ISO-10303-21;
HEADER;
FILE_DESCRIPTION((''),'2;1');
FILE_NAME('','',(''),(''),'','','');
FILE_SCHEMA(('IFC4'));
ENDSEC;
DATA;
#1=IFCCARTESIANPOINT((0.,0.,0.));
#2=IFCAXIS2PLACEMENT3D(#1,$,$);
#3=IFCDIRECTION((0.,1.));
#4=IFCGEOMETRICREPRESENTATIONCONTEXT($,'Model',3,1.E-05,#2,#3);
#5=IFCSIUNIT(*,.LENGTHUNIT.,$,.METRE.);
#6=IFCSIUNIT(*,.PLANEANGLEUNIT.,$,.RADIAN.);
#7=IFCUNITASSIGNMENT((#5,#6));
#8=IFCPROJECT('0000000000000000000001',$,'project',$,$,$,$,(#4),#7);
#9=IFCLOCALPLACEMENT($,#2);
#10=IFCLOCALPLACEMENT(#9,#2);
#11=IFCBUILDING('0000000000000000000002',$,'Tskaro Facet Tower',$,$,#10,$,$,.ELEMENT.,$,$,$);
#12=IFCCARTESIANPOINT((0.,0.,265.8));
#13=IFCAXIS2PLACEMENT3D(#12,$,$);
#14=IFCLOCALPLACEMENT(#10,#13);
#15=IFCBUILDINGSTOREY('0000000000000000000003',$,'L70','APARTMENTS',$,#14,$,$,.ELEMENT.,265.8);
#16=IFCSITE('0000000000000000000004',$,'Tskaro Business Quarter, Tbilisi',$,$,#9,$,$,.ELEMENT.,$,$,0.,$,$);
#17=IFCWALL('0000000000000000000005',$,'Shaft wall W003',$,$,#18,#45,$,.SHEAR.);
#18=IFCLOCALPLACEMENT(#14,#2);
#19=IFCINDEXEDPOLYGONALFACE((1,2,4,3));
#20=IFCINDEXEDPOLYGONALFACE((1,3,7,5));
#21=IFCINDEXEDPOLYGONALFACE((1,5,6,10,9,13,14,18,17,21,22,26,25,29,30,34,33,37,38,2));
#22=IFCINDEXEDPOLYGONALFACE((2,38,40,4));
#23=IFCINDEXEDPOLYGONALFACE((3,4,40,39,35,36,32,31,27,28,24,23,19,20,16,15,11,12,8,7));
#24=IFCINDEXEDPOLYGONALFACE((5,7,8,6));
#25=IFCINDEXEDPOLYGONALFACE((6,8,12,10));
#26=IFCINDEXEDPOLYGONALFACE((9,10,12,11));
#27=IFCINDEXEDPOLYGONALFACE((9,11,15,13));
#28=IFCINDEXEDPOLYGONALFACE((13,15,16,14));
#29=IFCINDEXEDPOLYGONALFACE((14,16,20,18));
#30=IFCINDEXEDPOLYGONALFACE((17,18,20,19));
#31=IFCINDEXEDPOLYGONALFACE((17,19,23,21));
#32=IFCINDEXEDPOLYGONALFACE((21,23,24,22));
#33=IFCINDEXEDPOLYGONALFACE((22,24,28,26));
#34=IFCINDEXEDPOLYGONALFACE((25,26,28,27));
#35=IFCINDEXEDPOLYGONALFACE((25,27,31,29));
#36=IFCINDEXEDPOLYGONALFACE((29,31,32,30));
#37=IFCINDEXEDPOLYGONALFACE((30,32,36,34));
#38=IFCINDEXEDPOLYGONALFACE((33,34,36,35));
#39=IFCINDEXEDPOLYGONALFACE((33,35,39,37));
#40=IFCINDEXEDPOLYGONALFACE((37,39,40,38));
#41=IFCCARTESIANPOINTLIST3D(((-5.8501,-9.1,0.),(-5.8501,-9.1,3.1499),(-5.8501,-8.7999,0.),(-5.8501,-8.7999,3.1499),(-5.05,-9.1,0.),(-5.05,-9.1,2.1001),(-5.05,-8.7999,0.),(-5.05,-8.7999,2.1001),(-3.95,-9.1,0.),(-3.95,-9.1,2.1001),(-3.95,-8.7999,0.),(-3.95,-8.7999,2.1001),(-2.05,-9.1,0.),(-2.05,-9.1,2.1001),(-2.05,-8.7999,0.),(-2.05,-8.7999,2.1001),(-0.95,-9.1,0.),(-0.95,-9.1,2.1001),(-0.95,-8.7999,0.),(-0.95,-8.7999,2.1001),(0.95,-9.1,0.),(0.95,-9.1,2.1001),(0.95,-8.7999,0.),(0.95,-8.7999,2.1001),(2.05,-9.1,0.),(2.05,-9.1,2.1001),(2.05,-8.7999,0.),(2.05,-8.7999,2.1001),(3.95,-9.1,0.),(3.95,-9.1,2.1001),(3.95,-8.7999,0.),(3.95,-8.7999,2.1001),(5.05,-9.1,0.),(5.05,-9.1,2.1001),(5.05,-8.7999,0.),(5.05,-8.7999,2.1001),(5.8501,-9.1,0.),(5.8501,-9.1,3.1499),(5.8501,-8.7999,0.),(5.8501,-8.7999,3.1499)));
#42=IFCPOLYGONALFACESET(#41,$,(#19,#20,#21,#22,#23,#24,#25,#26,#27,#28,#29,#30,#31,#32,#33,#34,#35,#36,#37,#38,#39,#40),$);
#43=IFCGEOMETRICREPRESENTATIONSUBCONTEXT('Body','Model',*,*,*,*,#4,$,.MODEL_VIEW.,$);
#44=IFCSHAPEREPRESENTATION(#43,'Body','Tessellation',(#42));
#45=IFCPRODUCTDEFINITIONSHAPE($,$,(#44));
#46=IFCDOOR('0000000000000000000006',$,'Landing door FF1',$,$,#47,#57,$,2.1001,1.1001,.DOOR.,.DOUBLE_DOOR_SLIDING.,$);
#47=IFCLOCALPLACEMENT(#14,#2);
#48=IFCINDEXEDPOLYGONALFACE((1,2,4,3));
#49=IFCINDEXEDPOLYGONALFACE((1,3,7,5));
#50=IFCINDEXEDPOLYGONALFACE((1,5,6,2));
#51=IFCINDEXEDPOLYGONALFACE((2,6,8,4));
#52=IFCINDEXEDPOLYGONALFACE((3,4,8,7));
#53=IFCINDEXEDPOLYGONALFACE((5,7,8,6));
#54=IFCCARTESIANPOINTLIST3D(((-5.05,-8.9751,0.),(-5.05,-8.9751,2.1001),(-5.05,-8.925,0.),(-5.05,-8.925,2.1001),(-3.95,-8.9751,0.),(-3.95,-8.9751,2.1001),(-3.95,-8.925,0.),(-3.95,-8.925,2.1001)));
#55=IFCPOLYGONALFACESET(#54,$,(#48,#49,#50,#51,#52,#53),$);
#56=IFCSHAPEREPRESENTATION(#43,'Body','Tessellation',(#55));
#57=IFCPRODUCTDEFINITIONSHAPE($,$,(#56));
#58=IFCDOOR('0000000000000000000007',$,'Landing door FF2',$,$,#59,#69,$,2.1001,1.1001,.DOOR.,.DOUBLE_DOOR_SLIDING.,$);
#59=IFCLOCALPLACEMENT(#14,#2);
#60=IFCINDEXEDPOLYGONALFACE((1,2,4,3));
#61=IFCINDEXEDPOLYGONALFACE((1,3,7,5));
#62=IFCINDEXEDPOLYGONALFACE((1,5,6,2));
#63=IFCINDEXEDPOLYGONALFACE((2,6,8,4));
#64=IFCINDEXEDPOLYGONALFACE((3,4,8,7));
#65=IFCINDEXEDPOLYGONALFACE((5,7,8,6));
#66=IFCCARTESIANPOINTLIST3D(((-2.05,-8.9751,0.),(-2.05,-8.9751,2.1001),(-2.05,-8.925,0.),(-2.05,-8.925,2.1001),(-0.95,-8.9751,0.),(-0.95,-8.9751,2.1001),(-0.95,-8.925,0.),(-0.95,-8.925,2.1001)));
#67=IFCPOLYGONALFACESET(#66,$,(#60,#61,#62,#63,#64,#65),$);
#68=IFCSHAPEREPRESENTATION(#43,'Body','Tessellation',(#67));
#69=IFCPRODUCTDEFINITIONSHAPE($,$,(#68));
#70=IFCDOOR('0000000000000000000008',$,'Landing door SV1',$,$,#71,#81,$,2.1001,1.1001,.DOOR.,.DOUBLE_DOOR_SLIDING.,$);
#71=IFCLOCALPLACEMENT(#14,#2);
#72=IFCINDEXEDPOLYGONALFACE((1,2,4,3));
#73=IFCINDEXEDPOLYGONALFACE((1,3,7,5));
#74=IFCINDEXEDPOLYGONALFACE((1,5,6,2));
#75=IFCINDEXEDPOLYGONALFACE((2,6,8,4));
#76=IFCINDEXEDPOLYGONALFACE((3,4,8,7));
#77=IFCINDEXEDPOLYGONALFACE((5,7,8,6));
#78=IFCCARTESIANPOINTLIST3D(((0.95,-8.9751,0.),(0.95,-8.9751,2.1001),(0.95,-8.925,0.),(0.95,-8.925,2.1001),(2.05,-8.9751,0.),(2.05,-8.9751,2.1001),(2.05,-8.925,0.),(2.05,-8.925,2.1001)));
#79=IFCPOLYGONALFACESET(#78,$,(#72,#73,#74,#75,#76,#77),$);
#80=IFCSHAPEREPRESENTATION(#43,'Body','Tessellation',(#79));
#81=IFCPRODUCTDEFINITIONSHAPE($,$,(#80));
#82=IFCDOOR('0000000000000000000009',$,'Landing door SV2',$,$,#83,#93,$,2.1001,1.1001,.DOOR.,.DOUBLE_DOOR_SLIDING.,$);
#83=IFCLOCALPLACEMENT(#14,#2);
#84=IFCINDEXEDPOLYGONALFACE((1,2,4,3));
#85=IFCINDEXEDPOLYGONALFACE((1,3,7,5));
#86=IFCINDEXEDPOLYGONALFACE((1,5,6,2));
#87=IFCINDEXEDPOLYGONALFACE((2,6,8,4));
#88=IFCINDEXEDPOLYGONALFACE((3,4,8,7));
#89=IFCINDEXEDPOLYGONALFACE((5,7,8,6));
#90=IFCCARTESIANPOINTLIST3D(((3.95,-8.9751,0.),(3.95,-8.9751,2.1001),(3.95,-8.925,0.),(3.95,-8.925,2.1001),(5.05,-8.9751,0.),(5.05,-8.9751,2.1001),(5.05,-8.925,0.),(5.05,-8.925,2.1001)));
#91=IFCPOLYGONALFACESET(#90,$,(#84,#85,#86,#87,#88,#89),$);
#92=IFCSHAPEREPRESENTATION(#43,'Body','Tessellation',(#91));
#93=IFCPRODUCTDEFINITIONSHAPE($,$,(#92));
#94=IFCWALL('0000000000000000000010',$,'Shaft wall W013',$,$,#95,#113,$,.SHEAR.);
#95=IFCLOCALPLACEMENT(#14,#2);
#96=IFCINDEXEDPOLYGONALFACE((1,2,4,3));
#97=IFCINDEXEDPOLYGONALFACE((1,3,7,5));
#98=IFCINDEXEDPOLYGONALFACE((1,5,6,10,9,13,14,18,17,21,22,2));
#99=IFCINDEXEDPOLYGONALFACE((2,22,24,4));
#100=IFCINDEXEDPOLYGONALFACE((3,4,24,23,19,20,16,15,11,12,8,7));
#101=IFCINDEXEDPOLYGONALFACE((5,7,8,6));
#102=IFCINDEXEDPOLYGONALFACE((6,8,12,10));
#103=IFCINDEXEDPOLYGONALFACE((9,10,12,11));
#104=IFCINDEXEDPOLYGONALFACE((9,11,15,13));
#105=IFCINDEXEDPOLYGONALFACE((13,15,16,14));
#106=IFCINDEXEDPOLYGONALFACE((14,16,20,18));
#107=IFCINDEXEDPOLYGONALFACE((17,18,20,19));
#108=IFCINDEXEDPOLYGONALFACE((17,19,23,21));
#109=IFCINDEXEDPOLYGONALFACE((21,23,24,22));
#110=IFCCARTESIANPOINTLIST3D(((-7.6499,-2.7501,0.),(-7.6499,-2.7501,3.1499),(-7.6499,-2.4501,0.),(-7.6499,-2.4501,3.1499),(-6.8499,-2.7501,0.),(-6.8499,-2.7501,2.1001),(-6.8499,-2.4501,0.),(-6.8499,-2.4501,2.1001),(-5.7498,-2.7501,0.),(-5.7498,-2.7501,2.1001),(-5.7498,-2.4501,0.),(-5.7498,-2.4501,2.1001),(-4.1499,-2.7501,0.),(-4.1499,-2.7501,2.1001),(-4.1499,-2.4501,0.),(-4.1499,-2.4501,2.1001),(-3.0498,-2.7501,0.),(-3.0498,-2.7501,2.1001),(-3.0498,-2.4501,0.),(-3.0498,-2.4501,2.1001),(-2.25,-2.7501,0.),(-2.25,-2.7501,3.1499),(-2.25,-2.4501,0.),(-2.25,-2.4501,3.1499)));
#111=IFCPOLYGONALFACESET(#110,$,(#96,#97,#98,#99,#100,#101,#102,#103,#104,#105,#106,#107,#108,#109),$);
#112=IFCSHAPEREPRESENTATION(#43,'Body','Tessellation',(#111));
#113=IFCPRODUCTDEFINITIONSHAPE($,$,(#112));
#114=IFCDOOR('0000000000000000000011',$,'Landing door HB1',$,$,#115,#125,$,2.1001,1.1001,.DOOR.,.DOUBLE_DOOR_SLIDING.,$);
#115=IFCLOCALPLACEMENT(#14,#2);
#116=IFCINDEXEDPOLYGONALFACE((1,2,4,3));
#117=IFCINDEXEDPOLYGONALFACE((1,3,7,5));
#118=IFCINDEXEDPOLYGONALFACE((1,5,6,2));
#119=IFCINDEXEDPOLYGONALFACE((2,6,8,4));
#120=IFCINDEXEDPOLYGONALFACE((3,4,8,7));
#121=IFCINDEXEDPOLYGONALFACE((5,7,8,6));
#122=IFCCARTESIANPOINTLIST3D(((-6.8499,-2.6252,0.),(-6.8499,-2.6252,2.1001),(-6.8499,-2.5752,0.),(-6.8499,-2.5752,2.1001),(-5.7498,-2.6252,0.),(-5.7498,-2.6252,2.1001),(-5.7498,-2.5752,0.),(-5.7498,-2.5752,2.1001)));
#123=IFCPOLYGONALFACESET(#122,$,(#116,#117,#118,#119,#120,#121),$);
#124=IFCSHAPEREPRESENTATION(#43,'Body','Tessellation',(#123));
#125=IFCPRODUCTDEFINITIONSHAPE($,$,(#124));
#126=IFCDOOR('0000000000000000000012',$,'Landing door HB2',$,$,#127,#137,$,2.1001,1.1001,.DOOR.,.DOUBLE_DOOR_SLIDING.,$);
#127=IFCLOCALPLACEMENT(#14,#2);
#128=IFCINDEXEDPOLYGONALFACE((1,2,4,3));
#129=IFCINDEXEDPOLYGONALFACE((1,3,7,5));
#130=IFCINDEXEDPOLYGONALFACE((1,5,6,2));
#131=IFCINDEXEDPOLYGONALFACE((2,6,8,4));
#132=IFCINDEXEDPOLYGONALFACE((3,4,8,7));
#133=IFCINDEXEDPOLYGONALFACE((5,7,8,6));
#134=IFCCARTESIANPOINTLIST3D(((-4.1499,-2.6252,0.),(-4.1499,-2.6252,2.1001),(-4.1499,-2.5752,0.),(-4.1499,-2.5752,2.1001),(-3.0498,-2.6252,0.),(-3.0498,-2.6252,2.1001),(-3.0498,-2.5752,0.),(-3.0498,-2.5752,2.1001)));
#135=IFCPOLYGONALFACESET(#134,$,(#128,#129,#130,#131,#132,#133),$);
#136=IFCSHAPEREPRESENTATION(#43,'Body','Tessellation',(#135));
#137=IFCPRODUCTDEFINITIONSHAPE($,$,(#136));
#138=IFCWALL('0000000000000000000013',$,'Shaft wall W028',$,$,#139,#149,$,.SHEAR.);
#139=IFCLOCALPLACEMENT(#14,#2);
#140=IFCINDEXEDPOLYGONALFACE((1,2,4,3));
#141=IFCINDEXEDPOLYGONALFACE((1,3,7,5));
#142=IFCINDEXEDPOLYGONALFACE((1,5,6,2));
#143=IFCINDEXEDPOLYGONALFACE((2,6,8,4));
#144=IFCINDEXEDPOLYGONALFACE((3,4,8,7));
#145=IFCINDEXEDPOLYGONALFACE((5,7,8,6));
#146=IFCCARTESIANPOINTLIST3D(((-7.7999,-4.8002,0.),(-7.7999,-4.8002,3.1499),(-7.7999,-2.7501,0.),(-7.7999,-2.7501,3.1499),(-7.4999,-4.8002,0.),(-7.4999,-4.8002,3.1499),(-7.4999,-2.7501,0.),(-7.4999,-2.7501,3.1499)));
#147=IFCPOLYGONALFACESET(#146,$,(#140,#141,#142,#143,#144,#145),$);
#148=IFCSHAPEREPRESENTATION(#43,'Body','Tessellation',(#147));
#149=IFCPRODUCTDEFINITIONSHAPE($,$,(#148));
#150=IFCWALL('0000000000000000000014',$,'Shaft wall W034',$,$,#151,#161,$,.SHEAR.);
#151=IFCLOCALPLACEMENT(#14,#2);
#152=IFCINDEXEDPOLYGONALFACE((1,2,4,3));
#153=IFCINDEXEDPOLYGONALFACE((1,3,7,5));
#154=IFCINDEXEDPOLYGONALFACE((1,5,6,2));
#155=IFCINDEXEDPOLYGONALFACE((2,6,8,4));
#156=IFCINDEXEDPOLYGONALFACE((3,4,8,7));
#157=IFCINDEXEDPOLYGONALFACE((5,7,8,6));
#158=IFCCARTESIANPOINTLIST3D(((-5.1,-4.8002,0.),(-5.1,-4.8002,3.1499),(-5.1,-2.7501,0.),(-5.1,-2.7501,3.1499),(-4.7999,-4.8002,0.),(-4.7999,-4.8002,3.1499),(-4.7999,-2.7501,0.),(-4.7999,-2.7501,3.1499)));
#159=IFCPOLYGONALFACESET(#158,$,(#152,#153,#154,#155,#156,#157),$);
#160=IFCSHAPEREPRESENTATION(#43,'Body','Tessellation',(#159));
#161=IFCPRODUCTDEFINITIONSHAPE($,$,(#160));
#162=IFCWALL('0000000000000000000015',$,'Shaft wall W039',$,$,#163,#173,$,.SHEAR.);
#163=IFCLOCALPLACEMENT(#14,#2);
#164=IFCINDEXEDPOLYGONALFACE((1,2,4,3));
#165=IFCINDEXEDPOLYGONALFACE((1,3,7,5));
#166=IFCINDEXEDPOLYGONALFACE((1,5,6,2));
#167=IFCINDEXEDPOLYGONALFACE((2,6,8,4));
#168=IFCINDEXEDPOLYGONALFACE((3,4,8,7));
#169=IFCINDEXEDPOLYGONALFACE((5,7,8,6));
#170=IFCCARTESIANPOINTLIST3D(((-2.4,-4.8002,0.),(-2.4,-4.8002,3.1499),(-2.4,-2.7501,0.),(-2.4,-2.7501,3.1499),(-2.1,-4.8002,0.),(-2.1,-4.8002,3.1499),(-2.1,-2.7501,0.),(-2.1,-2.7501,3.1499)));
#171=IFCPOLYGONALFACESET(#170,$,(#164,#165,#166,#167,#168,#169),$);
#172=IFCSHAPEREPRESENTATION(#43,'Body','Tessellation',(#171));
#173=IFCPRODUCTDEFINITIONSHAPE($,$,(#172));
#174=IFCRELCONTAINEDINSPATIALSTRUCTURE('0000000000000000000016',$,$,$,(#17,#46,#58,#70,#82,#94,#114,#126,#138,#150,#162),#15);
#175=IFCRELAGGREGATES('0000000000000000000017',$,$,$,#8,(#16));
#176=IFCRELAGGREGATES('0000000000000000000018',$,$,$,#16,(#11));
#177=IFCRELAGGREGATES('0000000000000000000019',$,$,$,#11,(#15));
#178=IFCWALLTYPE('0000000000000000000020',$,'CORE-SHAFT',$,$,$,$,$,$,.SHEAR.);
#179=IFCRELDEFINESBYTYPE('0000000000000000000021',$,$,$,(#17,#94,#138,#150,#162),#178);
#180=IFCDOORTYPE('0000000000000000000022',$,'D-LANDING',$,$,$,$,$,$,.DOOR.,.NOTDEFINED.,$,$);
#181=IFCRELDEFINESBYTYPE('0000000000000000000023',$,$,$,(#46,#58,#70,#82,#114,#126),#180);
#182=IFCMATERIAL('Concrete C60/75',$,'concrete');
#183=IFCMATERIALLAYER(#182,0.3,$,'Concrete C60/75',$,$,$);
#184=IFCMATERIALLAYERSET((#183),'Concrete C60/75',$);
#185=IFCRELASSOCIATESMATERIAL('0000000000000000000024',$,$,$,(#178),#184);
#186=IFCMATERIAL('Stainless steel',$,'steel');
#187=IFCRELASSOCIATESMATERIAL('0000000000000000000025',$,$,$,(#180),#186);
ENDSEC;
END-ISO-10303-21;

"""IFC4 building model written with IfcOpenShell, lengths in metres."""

from ifc_helpers import new_model, si_unit, direction, frame, frame_2d, origin, place, context, subcontext, project, spatial, rectangle, extrude, material, layer, layer_set, type_object, element, fill, save


model = new_model("IFC4")

# Units and contexts
model_context = context("Model", 3, precision=1e-05, world=origin(), true_north=direction((0.0, 1.0)))
body_context = subcontext(model_context, "Body", "Model", "MODEL_VIEW")
ifc_project = project(units=[si_unit("LENGTHUNIT", "METRE"), si_unit("PLANEANGLEUNIT", "RADIAN")], contexts=[model_context])

# Site, building, storey
site_placement = place(None, origin())
site = spatial("IfcSite", under=ifc_project, at=site_placement, Name="Tskaro Business Quarter, Tbilisi", CompositionType="ELEMENT", RefElevation=0.0)
building_placement = place(site_placement, origin())
building = spatial("IfcBuilding", under=site, at=building_placement, Name="Tskaro Facet Tower", CompositionType="ELEMENT")
storey_placement = place(building_placement, frame((0.0, 0.0, 265.8)))
storey = spatial("IfcBuildingStorey", under=building, at=storey_placement, Name="L70", Description="APARTMENTS", CompositionType="ELEMENT", Elevation=265.8)

# Walls, openings, doors
ifc_material_1 = material(Name="Concrete C60/75", Category="concrete")
ifc_layer_1 = layer(ifc_material_1, 0.3, Name="Concrete C60/75")
ifc_layer_set_1 = layer_set([ifc_layer_1], Name="Concrete C60/75")
wall_type_1 = type_object("IfcWallType", Name="CORE-SHAFT", PredefinedType="SHEAR", material=ifc_layer_set_1)
wall_1_placement = place(storey_placement, frame((-5.8501, -8.95, 0.0), z_axis=(0.0, 0.0, 1.0), x_axis=(1.0, 0.0, 0.0)))
wall_1 = element("IfcWall", 1, at=wall_1_placement, inside=storey, type_object=wall_type_1, Name="Shaft wall W003", PredefinedType="SHEAR", context=body_context, shape_type="SweptSolid", body=[
    extrude(rectangle(XDim=11.7002, YDim=0.3, at=frame_2d((5.8501, 0.0))), origin(), (0.0, 0.0, 1.0), 3.1499),
])
opening_1_placement = place(wall_1_placement, frame((0.8, 0.0, 0.0)))
opening_1 = element("IfcOpeningElement", 2, at=opening_1_placement, cuts=wall_1, PredefinedType="OPENING", context=body_context, shape_type="SweptSolid", body=[
    extrude(rectangle(XDim=1.1001, YDim=2.1001, at=frame_2d((0.55, 1.05))), frame((0.0, 0.1599, 0.0), z_axis=(0.0, -1.0, 0.0), x_axis=(1.0, 0.0, 0.0)), (0.0, 0.0, 1.0), 0.3201),
])
opening_2_placement = place(wall_1_placement, frame((3.8, 0.0, 0.0)))
opening_2 = element("IfcOpeningElement", 3, at=opening_2_placement, cuts=wall_1, PredefinedType="OPENING", context=body_context, shape_type="SweptSolid", body=[
    extrude(rectangle(XDim=1.1001, YDim=2.1001, at=frame_2d((0.55, 1.05))), frame((0.0, 0.1599, 0.0), z_axis=(0.0, -1.0, 0.0), x_axis=(1.0, 0.0, 0.0)), (0.0, 0.0, 1.0), 0.3201),
])
opening_3_placement = place(wall_1_placement, frame((6.8, 0.0, 0.0)))
opening_3 = element("IfcOpeningElement", 4, at=opening_3_placement, cuts=wall_1, PredefinedType="OPENING", context=body_context, shape_type="SweptSolid", body=[
    extrude(rectangle(XDim=1.1001, YDim=2.1001, at=frame_2d((0.55, 1.05))), frame((0.0, 0.1599, 0.0), z_axis=(0.0, -1.0, 0.0), x_axis=(1.0, 0.0, 0.0)), (0.0, 0.0, 1.0), 0.3201),
])
opening_4_placement = place(wall_1_placement, frame((9.8, 0.0, 0.0)))
opening_4 = element("IfcOpeningElement", 5, at=opening_4_placement, cuts=wall_1, PredefinedType="OPENING", context=body_context, shape_type="SweptSolid", body=[
    extrude(rectangle(XDim=1.1001, YDim=2.1001, at=frame_2d((0.55, 1.05))), frame((0.0, 0.1599, 0.0), z_axis=(0.0, -1.0, 0.0), x_axis=(1.0, 0.0, 0.0)), (0.0, 0.0, 1.0), 0.3201),
])
ifc_material_2 = material(Name="Stainless steel", Category="steel")
door_type_1 = type_object("IfcDoorType", Name="D-LANDING", OperationType="NOTDEFINED", PredefinedType="DOOR", material=ifc_material_2)
door_1_placement = place(opening_1_placement, origin())
door_1 = element("IfcDoor", 6, at=door_1_placement, inside=storey, type_object=door_type_1, Name="Landing door FF1", OperationType="DOUBLE_DOOR_SLIDING", OverallHeight=2.1001, OverallWidth=1.1001, PredefinedType="DOOR", context=body_context, shape_type="SweptSolid", body=[
    extrude(rectangle(XDim=1.1001, YDim=2.1001, at=frame_2d((0.55, 1.05))), frame((0.0, 0.0249, 0.0), z_axis=(0.0, -1.0, 0.0), x_axis=(1.0, 0.0, 0.0)), (0.0, 0.0, 1.0), 0.05),
])
fill(opening_1, door_1)
door_2_placement = place(opening_2_placement, origin())
door_2 = element("IfcDoor", 7, at=door_2_placement, inside=storey, type_object=door_type_1, Name="Landing door FF2", OperationType="DOUBLE_DOOR_SLIDING", OverallHeight=2.1001, OverallWidth=1.1001, PredefinedType="DOOR", context=body_context, shape_type="SweptSolid", body=[
    extrude(rectangle(XDim=1.1001, YDim=2.1001, at=frame_2d((0.55, 1.05))), frame((0.0, 0.0249, 0.0), z_axis=(0.0, -1.0, 0.0), x_axis=(1.0, 0.0, 0.0)), (0.0, 0.0, 1.0), 0.05),
])
fill(opening_2, door_2)
door_3_placement = place(opening_3_placement, origin())
door_3 = element("IfcDoor", 8, at=door_3_placement, inside=storey, type_object=door_type_1, Name="Landing door SV1", OperationType="DOUBLE_DOOR_SLIDING", OverallHeight=2.1001, OverallWidth=1.1001, PredefinedType="DOOR", context=body_context, shape_type="SweptSolid", body=[
    extrude(rectangle(XDim=1.1001, YDim=2.1001, at=frame_2d((0.55, 1.05))), frame((0.0, 0.0249, 0.0), z_axis=(0.0, -1.0, 0.0), x_axis=(1.0, 0.0, 0.0)), (0.0, 0.0, 1.0), 0.05),
])
fill(opening_3, door_3)
door_4_placement = place(opening_4_placement, origin())
door_4 = element("IfcDoor", 9, at=door_4_placement, inside=storey, type_object=door_type_1, Name="Landing door SV2", OperationType="DOUBLE_DOOR_SLIDING", OverallHeight=2.1001, OverallWidth=1.1001, PredefinedType="DOOR", context=body_context, shape_type="SweptSolid", body=[
    extrude(rectangle(XDim=1.1001, YDim=2.1001, at=frame_2d((0.55, 1.05))), frame((0.0, 0.0249, 0.0), z_axis=(0.0, -1.0, 0.0), x_axis=(1.0, 0.0, 0.0)), (0.0, 0.0, 1.0), 0.05),
])
fill(opening_4, door_4)
wall_2_placement = place(storey_placement, frame((-7.6499, -2.6001, 0.0), z_axis=(0.0, 0.0, 1.0), x_axis=(1.0, 0.0, 0.0)))
wall_2 = element("IfcWall", 10, at=wall_2_placement, inside=storey, type_object=wall_type_1, Name="Shaft wall W013", PredefinedType="SHEAR", context=body_context, shape_type="SweptSolid", body=[
    extrude(rectangle(XDim=5.3999, YDim=0.3, at=frame_2d((2.7, 0.0))), origin(), (0.0, 0.0, 1.0), 3.1499),
])
opening_5_placement = place(wall_2_placement, frame((0.8, 0.0, 0.0)))
opening_5 = element("IfcOpeningElement", 11, at=opening_5_placement, cuts=wall_2, PredefinedType="OPENING", context=body_context, shape_type="SweptSolid", body=[
    extrude(rectangle(XDim=1.1001, YDim=2.1001, at=frame_2d((0.55, 1.05))), frame((0.0, 0.1599, 0.0), z_axis=(0.0, -1.0, 0.0), x_axis=(1.0, 0.0, 0.0)), (0.0, 0.0, 1.0), 0.3201),
])
opening_6_placement = place(wall_2_placement, frame((3.5, 0.0, 0.0)))
opening_6 = element("IfcOpeningElement", 12, at=opening_6_placement, cuts=wall_2, PredefinedType="OPENING", context=body_context, shape_type="SweptSolid", body=[
    extrude(rectangle(XDim=1.1001, YDim=2.1001, at=frame_2d((0.55, 1.05))), frame((0.0, 0.1599, 0.0), z_axis=(0.0, -1.0, 0.0), x_axis=(1.0, 0.0, 0.0)), (0.0, 0.0, 1.0), 0.3201),
])
door_5_placement = place(opening_5_placement, origin())
door_5 = element("IfcDoor", 13, at=door_5_placement, inside=storey, type_object=door_type_1, Name="Landing door HB1", OperationType="DOUBLE_DOOR_SLIDING", OverallHeight=2.1001, OverallWidth=1.1001, PredefinedType="DOOR", context=body_context, shape_type="SweptSolid", body=[
    extrude(rectangle(XDim=1.1001, YDim=2.1001, at=frame_2d((0.55, 1.05))), frame((0.0, 0.0249, 0.0), z_axis=(0.0, -1.0, 0.0), x_axis=(1.0, 0.0, 0.0)), (0.0, 0.0, 1.0), 0.05),
])
fill(opening_5, door_5)
door_6_placement = place(opening_6_placement, origin())
door_6 = element("IfcDoor", 14, at=door_6_placement, inside=storey, type_object=door_type_1, Name="Landing door HB2", OperationType="DOUBLE_DOOR_SLIDING", OverallHeight=2.1001, OverallWidth=1.1001, PredefinedType="DOOR", context=body_context, shape_type="SweptSolid", body=[
    extrude(rectangle(XDim=1.1001, YDim=2.1001, at=frame_2d((0.55, 1.05))), frame((0.0, 0.0249, 0.0), z_axis=(0.0, -1.0, 0.0), x_axis=(1.0, 0.0, 0.0)), (0.0, 0.0, 1.0), 0.05),
])
fill(opening_6, door_6)

# Walls
for number, where, z_axis, x_axis, name in (
    (15, (-7.6499, -4.8, 0.0), (0.0, 0.0, 1.0), (0.0, 1.0, 0.0), "Shaft wall W028"),
    (16, (-4.95, -4.8, 0.0), (0.0, 0.0, 1.0), (0.0, 1.0, 0.0), "Shaft wall W034"),
    (17, (-2.25, -4.8, 0.0), (0.0, 0.0, 1.0), (0.0, 1.0, 0.0), "Shaft wall W039"),
):
    element("IfcWall", number, at=place(storey_placement, frame(where, z_axis=z_axis, x_axis=x_axis)), inside=storey, type_object=wall_type_1, Name=name, PredefinedType="SHEAR", context=body_context, shape_type="SweptSolid", body=[
        extrude(rectangle(XDim=2.05, YDim=0.3, at=frame_2d((1.0249, 0.0))), origin(), (0.0, 0.0, 1.0), 3.1499),
    ])

save(model, "model.ifc")
